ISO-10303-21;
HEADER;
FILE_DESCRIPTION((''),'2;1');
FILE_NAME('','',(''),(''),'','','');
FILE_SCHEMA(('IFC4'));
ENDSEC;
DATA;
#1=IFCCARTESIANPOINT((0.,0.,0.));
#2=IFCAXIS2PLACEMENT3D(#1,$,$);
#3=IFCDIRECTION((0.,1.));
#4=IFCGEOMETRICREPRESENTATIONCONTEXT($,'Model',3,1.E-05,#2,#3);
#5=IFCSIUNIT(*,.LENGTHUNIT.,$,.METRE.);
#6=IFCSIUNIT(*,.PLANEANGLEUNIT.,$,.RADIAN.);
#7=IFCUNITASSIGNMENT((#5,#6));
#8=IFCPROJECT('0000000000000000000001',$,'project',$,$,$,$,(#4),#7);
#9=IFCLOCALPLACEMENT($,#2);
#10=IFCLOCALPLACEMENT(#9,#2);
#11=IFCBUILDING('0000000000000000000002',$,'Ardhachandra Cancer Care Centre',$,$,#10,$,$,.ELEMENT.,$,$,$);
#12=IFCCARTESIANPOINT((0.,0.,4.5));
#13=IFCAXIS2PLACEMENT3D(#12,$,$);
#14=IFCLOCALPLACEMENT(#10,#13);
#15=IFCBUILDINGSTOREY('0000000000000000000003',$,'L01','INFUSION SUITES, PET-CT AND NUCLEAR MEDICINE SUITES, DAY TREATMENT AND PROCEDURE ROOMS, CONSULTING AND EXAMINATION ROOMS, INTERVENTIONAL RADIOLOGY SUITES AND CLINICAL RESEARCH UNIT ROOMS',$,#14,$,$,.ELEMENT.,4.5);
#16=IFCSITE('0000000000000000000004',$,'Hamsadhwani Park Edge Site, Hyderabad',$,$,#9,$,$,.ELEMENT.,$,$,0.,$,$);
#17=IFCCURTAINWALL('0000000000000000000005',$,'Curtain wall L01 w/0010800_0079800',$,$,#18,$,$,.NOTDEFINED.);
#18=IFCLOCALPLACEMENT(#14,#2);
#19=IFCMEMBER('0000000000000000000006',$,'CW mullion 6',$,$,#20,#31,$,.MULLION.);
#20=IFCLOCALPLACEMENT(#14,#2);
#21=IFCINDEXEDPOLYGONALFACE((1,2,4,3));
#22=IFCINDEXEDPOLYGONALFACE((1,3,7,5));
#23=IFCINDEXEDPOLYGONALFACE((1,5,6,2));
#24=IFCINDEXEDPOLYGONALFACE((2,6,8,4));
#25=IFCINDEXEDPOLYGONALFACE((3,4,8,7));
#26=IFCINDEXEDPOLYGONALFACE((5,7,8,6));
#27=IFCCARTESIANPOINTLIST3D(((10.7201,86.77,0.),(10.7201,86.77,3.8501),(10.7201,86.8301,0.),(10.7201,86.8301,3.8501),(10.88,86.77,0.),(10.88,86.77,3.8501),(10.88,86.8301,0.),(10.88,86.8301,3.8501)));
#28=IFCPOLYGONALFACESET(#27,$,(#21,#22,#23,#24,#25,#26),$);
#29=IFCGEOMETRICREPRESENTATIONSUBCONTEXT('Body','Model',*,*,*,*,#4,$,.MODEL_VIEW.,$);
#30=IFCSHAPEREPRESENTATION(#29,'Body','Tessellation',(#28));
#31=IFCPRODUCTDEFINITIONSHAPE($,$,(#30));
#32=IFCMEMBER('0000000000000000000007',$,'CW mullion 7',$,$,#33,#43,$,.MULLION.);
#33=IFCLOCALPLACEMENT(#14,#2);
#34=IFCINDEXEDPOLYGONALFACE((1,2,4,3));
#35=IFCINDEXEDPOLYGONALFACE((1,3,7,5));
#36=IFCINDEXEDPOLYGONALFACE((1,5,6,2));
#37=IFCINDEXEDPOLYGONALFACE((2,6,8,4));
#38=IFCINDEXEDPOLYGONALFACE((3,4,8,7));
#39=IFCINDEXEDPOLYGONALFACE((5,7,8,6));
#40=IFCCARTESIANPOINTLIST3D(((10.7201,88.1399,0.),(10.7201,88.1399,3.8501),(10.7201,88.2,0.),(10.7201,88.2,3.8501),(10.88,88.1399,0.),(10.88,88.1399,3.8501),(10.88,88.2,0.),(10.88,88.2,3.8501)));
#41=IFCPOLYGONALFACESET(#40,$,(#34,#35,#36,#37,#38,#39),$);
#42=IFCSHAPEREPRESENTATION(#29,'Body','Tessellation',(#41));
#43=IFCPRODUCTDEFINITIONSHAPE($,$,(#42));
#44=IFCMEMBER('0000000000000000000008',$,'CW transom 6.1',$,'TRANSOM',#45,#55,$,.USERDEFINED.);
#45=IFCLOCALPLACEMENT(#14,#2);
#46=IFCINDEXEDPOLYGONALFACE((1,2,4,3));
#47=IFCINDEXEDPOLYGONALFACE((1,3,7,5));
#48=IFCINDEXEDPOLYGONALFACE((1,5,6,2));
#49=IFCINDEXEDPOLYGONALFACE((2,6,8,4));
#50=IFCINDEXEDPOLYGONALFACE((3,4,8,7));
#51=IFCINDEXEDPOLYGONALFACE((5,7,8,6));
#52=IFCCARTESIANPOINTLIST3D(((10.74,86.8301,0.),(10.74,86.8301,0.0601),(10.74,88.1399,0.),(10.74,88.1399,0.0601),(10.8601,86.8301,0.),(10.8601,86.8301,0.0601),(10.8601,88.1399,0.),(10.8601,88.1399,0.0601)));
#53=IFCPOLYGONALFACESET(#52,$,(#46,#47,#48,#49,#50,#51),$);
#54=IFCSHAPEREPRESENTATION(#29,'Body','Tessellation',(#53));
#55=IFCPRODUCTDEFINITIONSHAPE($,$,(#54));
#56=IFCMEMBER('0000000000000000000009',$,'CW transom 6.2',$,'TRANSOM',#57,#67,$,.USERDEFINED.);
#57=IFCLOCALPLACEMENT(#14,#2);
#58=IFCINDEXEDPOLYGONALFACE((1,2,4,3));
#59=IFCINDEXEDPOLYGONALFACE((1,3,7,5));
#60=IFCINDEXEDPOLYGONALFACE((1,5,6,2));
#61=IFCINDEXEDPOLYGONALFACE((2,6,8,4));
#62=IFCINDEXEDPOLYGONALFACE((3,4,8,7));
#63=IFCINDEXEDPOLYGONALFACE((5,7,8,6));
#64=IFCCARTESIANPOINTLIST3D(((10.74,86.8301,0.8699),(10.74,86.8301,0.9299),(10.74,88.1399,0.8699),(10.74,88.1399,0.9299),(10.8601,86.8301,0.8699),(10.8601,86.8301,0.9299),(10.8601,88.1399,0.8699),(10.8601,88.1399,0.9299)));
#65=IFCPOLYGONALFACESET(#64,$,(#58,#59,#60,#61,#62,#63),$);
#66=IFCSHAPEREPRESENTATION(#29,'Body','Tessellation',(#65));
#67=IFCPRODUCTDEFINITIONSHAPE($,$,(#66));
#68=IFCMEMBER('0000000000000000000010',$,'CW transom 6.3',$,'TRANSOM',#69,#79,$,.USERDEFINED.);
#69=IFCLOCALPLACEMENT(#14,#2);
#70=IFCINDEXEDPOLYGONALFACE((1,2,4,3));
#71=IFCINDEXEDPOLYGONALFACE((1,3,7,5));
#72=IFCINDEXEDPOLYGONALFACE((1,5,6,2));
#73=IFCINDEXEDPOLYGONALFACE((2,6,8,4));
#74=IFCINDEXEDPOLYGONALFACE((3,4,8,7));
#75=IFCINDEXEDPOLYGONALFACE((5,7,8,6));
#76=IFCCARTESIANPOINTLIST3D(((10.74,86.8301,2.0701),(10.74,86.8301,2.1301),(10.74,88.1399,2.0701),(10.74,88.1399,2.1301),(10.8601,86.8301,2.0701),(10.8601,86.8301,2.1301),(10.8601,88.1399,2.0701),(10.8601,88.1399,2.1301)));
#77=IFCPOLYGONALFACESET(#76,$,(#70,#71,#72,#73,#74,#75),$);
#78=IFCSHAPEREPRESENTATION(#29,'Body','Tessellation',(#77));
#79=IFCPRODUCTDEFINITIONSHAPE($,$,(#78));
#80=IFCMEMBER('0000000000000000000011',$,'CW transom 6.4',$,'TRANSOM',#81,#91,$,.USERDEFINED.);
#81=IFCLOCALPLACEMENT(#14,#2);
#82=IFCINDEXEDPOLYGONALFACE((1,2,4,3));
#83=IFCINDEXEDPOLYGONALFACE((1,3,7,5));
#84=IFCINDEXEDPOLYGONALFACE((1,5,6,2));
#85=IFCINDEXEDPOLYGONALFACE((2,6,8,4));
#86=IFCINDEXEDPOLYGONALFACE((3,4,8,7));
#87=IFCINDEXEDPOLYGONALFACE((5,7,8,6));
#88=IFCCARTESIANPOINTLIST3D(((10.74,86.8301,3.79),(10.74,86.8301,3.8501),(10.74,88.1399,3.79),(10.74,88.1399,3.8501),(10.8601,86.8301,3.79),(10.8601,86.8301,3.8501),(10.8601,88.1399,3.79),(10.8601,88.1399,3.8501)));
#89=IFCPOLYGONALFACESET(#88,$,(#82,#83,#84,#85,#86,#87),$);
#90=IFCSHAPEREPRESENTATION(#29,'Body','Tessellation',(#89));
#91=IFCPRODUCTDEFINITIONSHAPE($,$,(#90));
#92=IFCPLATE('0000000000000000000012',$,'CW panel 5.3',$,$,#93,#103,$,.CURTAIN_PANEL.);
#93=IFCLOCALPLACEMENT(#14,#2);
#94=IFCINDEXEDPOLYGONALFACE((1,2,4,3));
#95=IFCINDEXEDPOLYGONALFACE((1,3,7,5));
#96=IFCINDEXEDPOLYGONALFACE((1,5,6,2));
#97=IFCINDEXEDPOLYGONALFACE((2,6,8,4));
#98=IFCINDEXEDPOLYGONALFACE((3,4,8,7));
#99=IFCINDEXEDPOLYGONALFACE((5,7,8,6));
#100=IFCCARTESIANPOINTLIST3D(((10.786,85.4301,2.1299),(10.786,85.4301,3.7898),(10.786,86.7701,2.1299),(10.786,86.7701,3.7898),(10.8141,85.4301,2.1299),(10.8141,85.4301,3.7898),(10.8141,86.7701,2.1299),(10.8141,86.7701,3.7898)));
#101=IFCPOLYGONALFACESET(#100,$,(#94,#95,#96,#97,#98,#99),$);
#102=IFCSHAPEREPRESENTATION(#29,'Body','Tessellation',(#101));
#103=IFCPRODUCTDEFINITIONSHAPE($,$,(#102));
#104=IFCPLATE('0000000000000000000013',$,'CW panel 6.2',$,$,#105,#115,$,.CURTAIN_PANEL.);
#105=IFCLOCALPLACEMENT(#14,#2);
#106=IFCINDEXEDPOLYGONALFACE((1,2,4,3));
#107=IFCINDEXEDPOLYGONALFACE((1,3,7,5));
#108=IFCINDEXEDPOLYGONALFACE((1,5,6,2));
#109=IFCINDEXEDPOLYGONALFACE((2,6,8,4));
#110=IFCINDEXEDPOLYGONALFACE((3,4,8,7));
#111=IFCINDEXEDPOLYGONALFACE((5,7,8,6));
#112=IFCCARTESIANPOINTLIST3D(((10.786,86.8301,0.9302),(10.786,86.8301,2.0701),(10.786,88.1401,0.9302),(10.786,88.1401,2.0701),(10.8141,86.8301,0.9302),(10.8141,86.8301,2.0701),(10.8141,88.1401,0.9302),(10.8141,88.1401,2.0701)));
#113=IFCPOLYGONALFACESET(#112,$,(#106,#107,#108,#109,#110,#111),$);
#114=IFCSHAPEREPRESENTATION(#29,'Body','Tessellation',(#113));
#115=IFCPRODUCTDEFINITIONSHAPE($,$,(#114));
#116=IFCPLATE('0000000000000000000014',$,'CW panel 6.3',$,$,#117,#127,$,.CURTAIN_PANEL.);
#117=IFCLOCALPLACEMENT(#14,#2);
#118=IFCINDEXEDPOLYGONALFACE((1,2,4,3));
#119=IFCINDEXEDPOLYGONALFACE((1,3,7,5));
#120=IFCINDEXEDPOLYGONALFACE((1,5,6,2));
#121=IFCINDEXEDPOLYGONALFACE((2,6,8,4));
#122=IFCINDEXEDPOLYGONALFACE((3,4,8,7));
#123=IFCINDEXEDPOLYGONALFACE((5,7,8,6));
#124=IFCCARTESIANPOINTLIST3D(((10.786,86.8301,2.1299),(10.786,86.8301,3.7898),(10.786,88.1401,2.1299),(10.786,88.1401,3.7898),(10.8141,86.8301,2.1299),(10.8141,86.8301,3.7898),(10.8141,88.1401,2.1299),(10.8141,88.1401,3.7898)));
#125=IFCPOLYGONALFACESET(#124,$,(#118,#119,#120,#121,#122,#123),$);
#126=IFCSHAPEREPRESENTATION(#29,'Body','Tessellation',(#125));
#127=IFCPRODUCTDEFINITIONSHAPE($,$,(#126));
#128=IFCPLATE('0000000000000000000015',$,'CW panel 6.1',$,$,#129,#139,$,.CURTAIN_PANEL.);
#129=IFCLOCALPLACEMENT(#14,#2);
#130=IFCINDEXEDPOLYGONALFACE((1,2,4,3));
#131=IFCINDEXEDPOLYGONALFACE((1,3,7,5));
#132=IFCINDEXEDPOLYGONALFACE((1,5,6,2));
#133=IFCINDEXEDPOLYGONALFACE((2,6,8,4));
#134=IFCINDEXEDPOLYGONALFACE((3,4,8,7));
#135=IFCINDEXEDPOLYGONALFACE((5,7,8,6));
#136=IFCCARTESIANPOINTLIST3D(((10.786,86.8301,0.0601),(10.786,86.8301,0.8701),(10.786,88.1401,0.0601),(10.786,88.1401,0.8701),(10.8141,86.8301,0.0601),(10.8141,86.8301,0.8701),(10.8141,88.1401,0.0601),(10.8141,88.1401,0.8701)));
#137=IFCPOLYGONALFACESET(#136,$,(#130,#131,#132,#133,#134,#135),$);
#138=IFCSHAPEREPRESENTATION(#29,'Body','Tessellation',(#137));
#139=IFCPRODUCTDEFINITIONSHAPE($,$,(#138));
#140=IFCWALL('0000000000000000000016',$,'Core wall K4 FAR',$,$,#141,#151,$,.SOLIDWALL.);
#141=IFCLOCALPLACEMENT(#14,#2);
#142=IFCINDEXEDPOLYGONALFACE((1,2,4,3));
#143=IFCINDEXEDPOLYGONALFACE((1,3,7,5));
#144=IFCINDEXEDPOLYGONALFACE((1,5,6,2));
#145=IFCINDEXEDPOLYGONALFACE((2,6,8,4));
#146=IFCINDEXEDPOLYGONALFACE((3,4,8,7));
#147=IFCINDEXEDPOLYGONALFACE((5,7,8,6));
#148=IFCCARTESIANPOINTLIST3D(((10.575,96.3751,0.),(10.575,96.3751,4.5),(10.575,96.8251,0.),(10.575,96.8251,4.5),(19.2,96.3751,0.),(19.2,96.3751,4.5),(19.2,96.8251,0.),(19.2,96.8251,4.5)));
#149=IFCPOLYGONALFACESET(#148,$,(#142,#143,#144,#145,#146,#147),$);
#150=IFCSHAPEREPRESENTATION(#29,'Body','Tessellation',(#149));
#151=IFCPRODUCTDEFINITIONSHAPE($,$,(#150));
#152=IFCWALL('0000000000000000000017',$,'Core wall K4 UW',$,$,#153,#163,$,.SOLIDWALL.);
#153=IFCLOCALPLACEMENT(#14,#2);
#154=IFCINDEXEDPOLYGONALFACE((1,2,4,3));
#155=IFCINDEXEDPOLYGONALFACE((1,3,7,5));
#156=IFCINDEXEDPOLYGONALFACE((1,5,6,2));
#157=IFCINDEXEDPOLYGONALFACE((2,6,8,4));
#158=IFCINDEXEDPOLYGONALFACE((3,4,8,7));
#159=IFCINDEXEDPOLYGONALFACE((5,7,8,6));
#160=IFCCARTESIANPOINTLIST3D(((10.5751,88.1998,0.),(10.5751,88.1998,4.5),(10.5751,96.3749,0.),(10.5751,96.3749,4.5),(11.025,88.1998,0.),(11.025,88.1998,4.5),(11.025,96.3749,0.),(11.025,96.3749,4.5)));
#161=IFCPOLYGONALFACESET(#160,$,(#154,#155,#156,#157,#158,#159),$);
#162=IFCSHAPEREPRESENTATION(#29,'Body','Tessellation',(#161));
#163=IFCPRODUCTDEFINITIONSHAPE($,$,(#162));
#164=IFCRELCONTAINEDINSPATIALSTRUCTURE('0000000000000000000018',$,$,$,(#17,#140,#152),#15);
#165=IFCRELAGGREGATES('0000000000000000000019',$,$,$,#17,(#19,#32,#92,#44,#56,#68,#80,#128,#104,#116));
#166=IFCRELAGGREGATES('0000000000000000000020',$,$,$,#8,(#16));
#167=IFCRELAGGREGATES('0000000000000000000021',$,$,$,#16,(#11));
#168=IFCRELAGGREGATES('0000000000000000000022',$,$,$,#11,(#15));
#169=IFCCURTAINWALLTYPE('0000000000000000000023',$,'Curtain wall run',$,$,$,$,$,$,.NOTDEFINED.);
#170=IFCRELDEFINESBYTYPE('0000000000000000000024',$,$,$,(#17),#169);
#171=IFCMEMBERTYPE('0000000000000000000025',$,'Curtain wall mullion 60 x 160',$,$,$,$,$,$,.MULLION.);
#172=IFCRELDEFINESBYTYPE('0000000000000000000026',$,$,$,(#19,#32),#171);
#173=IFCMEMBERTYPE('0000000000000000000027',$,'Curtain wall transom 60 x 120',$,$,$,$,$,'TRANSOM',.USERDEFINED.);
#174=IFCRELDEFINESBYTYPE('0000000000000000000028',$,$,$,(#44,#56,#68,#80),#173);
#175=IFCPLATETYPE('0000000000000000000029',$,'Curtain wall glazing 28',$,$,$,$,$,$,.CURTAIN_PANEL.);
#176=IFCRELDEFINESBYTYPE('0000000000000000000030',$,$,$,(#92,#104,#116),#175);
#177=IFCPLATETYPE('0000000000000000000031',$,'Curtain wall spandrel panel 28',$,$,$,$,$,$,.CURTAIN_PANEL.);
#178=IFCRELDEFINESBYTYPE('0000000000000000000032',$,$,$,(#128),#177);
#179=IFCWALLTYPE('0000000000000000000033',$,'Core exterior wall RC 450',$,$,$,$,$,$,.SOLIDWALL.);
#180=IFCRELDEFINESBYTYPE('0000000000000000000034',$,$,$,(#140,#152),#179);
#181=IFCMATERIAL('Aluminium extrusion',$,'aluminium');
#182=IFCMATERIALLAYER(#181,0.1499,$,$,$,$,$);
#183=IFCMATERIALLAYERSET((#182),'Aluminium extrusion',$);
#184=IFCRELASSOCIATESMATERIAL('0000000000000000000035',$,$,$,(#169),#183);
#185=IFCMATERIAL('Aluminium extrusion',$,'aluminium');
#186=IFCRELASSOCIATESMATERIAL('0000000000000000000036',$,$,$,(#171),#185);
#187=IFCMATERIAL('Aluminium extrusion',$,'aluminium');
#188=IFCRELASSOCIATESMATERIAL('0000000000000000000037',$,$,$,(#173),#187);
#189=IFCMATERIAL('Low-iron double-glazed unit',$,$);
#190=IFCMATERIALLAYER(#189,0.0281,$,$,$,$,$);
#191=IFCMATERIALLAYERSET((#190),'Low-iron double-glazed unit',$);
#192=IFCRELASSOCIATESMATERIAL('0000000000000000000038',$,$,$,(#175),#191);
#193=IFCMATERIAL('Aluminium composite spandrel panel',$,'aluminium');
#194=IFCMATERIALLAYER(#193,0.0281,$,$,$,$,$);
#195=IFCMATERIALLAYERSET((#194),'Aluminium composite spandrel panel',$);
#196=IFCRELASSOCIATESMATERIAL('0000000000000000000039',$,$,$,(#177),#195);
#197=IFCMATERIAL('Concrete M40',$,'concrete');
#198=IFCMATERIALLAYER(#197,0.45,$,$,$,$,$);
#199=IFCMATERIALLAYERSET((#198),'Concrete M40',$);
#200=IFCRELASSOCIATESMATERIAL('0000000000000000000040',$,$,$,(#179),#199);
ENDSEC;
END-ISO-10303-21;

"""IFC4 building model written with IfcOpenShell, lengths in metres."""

from ifc_helpers import new_model, si_unit, direction, frame, frame_2d, origin, origin_2d, place, context, subcontext, project, spatial, rectangle, extrude, material, layer, layer_set, material_profile, profile_set, type_object, element, aggregate, save


model = new_model("IFC4")

# Units and contexts
model_context = context("Model", 3, precision=1e-05, world=origin(), true_north=direction((0.0, 1.0)))
body_context = subcontext(model_context, "Body", "Model", "MODEL_VIEW")
ifc_project = project(units=[si_unit("LENGTHUNIT", "METRE"), si_unit("PLANEANGLEUNIT", "RADIAN")], contexts=[model_context])

# Site, building, storey
site_placement = place(None, origin())
site = spatial("IfcSite", under=ifc_project, at=site_placement, Name="Hamsadhwani Park Edge Site, Hyderabad", CompositionType="ELEMENT", RefElevation=0.0)
building_placement = place(site_placement, origin())
building = spatial("IfcBuilding", under=site, at=building_placement, Name="Ardhachandra Cancer Care Centre", CompositionType="ELEMENT")
storey_placement = place(building_placement, frame((0.0, 0.0, 4.5)))
storey = spatial("IfcBuildingStorey", under=building, at=storey_placement, Name="L01", Description="INFUSION SUITES, PET-CT AND NUCLEAR MEDICINE SUITES, DAY TREATMENT AND PROCEDURE ROOMS, CONSULTING AND EXAMINATION ROOMS, INTERVENTIONAL RADIOLOGY SUITES AND CLINICAL RESEARCH UNIT ROOMS", CompositionType="ELEMENT", Elevation=4.5)

# Curtain wall, members, plates
ifc_material_1 = material(Name="Aluminium extrusion", Category="aluminium")
ifc_layer_1 = layer(ifc_material_1, 0.1499)
ifc_layer_set_1 = layer_set([ifc_layer_1], Name="Aluminium extrusion")
curtain_wall_type = type_object("IfcCurtainWallType", Name="Curtain wall run", PredefinedType="NOTDEFINED", material=ifc_layer_set_1)
curtain_wall_placement = place(storey_placement, origin())
curtain_wall = element("IfcCurtainWall", 1, at=curtain_wall_placement, inside=storey, type_object=curtain_wall_type, Name="Curtain wall L01 w/0010800_0079800", PredefinedType="NOTDEFINED")
ifc_material_2 = material(Name="Aluminium extrusion", Category="aluminium")
ifc_material_profile_1 = material_profile(ifc_material_2, rectangle(XDim=0.1599, YDim=0.0601, at=origin_2d()), Name="Curtain wall mullion 60 x 160")
ifc_profile_set_1 = profile_set([ifc_material_profile_1], Name="Aluminium extrusion")
member_type_1 = type_object("IfcMemberType", Name="Curtain wall mullion 60 x 160", PredefinedType="MULLION", material=ifc_profile_set_1)
member_1_placement = place(storey_placement, frame((10.8, 86.8, 0.0), z_axis=(0.0, 0.0, 1.0), x_axis=(-1.0, 0.0, 0.0)))
member_1 = element("IfcMember", 2, at=member_1_placement, type_object=member_type_1, Name="CW mullion 6", PredefinedType="MULLION", context=body_context, shape_type="SweptSolid", body=[
    extrude(rectangle(XDim=0.1599, YDim=0.0601, at=origin_2d()), origin(), (0.0, 0.0, 1.0), 3.8501),
])
member_2_placement = place(storey_placement, frame((10.8, 88.1699, 0.0), z_axis=(0.0, 0.0, 1.0), x_axis=(-1.0, 0.0, 0.0)))
member_2 = element("IfcMember", 3, at=member_2_placement, type_object=member_type_1, Name="CW mullion 7", PredefinedType="MULLION", context=body_context, shape_type="SweptSolid", body=[
    extrude(rectangle(XDim=0.1599, YDim=0.0601, at=origin_2d()), origin(), (0.0, 0.0, 1.0), 3.8501),
])
ifc_material_3 = material(Name="Aluminium extrusion", Category="aluminium")
ifc_material_profile_2 = material_profile(ifc_material_3, rectangle(XDim=0.1201, YDim=0.0601, at=origin_2d()), Name="Curtain wall transom 60 x 120")
ifc_profile_set_2 = profile_set([ifc_material_profile_2], Name="Aluminium extrusion")
member_type_2 = type_object("IfcMemberType", Name="Curtain wall transom 60 x 120", ElementType="TRANSOM", PredefinedType="USERDEFINED", material=ifc_profile_set_2)
member_3_placement = place(storey_placement, frame((10.8, 86.8301, 0.03), z_axis=(0.0, 1.0, 0.0), x_axis=(-1.0, 0.0, 0.0)))
member_3 = element("IfcMember", 4, at=member_3_placement, type_object=member_type_2, Name="CW transom 6.1", ObjectType="TRANSOM", PredefinedType="USERDEFINED", context=body_context, shape_type="SweptSolid", body=[
    extrude(rectangle(XDim=0.1201, YDim=0.0601, at=origin_2d()), origin(), (0.0, 0.0, 1.0), 1.3098),
])
member_4_placement = place(storey_placement, frame((10.8, 86.8301, 0.8999), z_axis=(0.0, 1.0, 0.0), x_axis=(-1.0, 0.0, 0.0)))
member_4 = element("IfcMember", 5, at=member_4_placement, type_object=member_type_2, Name="CW transom 6.2", ObjectType="TRANSOM", PredefinedType="USERDEFINED", context=body_context, shape_type="SweptSolid", body=[
    extrude(rectangle(XDim=0.1201, YDim=0.0601, at=origin_2d()), origin(), (0.0, 0.0, 1.0), 1.3098),
])
member_5_placement = place(storey_placement, frame((10.8, 86.8301, 2.1001), z_axis=(0.0, 1.0, 0.0), x_axis=(-1.0, 0.0, 0.0)))
member_5 = element("IfcMember", 6, at=member_5_placement, type_object=member_type_2, Name="CW transom 6.3", ObjectType="TRANSOM", PredefinedType="USERDEFINED", context=body_context, shape_type="SweptSolid", body=[
    extrude(rectangle(XDim=0.1201, YDim=0.0601, at=origin_2d()), origin(), (0.0, 0.0, 1.0), 1.3098),
])
member_6_placement = place(storey_placement, frame((10.8, 86.8301, 3.8201), z_axis=(0.0, 1.0, 0.0), x_axis=(-1.0, 0.0, 0.0)))
member_6 = element("IfcMember", 7, at=member_6_placement, type_object=member_type_2, Name="CW transom 6.4", ObjectType="TRANSOM", PredefinedType="USERDEFINED", context=body_context, shape_type="SweptSolid", body=[
    extrude(rectangle(XDim=0.1201, YDim=0.0601, at=origin_2d()), origin(), (0.0, 0.0, 1.0), 1.3098),
])
ifc_material_4 = material(Name="Low-iron double-glazed unit")
ifc_layer_2 = layer(ifc_material_4, 0.0281)
ifc_layer_set_2 = layer_set([ifc_layer_2], Name="Low-iron double-glazed unit")
plate_type_1 = type_object("IfcPlateType", Name="Curtain wall glazing 28", PredefinedType="CURTAIN_PANEL", material=ifc_layer_set_2)
plate_1_placement = place(storey_placement, frame((10.8, 86.1001, 2.1299), z_axis=(0.0, 0.0, 1.0), x_axis=(0.0, 1.0, 0.0)))
plate_1 = element("IfcPlate", 8, at=plate_1_placement, type_object=plate_type_1, Name="CW panel 5.3", PredefinedType="CURTAIN_PANEL", context=body_context, shape_type="SweptSolid", body=[
    extrude(rectangle(XDim=1.3401, YDim=0.0281, at=origin_2d()), origin(), (0.0, 0.0, 1.0), 1.6599),
])
plate_2_placement = place(storey_placement, frame((10.8, 87.4851, 0.9302), z_axis=(0.0, 0.0, 1.0), x_axis=(0.0, 1.0, 0.0)))
plate_2 = element("IfcPlate", 9, at=plate_2_placement, type_object=plate_type_1, Name="CW panel 6.2", PredefinedType="CURTAIN_PANEL", context=body_context, shape_type="SweptSolid", body=[
    extrude(rectangle(XDim=1.3101, YDim=0.0281, at=origin_2d()), origin(), (0.0, 0.0, 1.0), 1.1399),
])
plate_3_placement = place(storey_placement, frame((10.8, 87.4851, 2.1299), z_axis=(0.0, 0.0, 1.0), x_axis=(0.0, 1.0, 0.0)))
plate_3 = element("IfcPlate", 10, at=plate_3_placement, type_object=plate_type_1, Name="CW panel 6.3", PredefinedType="CURTAIN_PANEL", context=body_context, shape_type="SweptSolid", body=[
    extrude(rectangle(XDim=1.3101, YDim=0.0281, at=origin_2d()), origin(), (0.0, 0.0, 1.0), 1.6599),
])
ifc_material_5 = material(Name="Aluminium composite spandrel panel", Category="aluminium")
ifc_layer_3 = layer(ifc_material_5, 0.0281)
ifc_layer_set_3 = layer_set([ifc_layer_3], Name="Aluminium composite spandrel panel")
plate_type_2 = type_object("IfcPlateType", Name="Curtain wall spandrel panel 28", PredefinedType="CURTAIN_PANEL", material=ifc_layer_set_3)
plate_4_placement = place(storey_placement, frame((10.8, 87.4851, 0.0601), z_axis=(0.0, 0.0, 1.0), x_axis=(0.0, 1.0, 0.0)))
plate_4 = element("IfcPlate", 11, at=plate_4_placement, type_object=plate_type_2, Name="CW panel 6.1", PredefinedType="CURTAIN_PANEL", context=body_context, shape_type="SweptSolid", body=[
    extrude(rectangle(XDim=1.3101, YDim=0.0281, at=origin_2d()), origin(), (0.0, 0.0, 1.0), 0.8101),
])
aggregate(curtain_wall, [member_1, member_2, plate_1, member_3, member_4, member_5, member_6, plate_4, plate_2, plate_3])

# Walls
ifc_material_6 = material(Name="Concrete M40", Category="concrete")
ifc_layer_4 = layer(ifc_material_6, 0.45)
ifc_layer_set_4 = layer_set([ifc_layer_4], Name="Concrete M40")
wall_type_1 = type_object("IfcWallType", Name="Core exterior wall RC 450", PredefinedType="SOLIDWALL", material=ifc_layer_set_4)
wall_1_placement = place(storey_placement, frame((10.575, 96.6001, 0.0), z_axis=(0.0, 0.0, 1.0), x_axis=(1.0, 0.0, 0.0)))
element("IfcWall", 12, at=wall_1_placement, inside=storey, type_object=wall_type_1, Name="Core wall K4 FAR", PredefinedType="SOLIDWALL", context=body_context, shape_type="SweptSolid", body=[
    extrude(rectangle(XDim=8.625, YDim=0.45, at=frame_2d((4.3125, 0.0))), origin(), (0.0, 0.0, 1.0), 4.5),
])
wall_2_placement = place(storey_placement, frame((10.8, 88.2, 0.0), z_axis=(0.0, 0.0, 1.0), x_axis=(0.0, 1.0, 0.0)))
element("IfcWall", 13, at=wall_2_placement, inside=storey, type_object=wall_type_1, Name="Core wall K4 UW", PredefinedType="SOLIDWALL", context=body_context, shape_type="SweptSolid", body=[
    extrude(rectangle(XDim=8.175, YDim=0.45, at=frame_2d((4.0874, 0.0))), origin(), (0.0, 0.0, 1.0), 4.5),
])

save(model, "model.ifc")
